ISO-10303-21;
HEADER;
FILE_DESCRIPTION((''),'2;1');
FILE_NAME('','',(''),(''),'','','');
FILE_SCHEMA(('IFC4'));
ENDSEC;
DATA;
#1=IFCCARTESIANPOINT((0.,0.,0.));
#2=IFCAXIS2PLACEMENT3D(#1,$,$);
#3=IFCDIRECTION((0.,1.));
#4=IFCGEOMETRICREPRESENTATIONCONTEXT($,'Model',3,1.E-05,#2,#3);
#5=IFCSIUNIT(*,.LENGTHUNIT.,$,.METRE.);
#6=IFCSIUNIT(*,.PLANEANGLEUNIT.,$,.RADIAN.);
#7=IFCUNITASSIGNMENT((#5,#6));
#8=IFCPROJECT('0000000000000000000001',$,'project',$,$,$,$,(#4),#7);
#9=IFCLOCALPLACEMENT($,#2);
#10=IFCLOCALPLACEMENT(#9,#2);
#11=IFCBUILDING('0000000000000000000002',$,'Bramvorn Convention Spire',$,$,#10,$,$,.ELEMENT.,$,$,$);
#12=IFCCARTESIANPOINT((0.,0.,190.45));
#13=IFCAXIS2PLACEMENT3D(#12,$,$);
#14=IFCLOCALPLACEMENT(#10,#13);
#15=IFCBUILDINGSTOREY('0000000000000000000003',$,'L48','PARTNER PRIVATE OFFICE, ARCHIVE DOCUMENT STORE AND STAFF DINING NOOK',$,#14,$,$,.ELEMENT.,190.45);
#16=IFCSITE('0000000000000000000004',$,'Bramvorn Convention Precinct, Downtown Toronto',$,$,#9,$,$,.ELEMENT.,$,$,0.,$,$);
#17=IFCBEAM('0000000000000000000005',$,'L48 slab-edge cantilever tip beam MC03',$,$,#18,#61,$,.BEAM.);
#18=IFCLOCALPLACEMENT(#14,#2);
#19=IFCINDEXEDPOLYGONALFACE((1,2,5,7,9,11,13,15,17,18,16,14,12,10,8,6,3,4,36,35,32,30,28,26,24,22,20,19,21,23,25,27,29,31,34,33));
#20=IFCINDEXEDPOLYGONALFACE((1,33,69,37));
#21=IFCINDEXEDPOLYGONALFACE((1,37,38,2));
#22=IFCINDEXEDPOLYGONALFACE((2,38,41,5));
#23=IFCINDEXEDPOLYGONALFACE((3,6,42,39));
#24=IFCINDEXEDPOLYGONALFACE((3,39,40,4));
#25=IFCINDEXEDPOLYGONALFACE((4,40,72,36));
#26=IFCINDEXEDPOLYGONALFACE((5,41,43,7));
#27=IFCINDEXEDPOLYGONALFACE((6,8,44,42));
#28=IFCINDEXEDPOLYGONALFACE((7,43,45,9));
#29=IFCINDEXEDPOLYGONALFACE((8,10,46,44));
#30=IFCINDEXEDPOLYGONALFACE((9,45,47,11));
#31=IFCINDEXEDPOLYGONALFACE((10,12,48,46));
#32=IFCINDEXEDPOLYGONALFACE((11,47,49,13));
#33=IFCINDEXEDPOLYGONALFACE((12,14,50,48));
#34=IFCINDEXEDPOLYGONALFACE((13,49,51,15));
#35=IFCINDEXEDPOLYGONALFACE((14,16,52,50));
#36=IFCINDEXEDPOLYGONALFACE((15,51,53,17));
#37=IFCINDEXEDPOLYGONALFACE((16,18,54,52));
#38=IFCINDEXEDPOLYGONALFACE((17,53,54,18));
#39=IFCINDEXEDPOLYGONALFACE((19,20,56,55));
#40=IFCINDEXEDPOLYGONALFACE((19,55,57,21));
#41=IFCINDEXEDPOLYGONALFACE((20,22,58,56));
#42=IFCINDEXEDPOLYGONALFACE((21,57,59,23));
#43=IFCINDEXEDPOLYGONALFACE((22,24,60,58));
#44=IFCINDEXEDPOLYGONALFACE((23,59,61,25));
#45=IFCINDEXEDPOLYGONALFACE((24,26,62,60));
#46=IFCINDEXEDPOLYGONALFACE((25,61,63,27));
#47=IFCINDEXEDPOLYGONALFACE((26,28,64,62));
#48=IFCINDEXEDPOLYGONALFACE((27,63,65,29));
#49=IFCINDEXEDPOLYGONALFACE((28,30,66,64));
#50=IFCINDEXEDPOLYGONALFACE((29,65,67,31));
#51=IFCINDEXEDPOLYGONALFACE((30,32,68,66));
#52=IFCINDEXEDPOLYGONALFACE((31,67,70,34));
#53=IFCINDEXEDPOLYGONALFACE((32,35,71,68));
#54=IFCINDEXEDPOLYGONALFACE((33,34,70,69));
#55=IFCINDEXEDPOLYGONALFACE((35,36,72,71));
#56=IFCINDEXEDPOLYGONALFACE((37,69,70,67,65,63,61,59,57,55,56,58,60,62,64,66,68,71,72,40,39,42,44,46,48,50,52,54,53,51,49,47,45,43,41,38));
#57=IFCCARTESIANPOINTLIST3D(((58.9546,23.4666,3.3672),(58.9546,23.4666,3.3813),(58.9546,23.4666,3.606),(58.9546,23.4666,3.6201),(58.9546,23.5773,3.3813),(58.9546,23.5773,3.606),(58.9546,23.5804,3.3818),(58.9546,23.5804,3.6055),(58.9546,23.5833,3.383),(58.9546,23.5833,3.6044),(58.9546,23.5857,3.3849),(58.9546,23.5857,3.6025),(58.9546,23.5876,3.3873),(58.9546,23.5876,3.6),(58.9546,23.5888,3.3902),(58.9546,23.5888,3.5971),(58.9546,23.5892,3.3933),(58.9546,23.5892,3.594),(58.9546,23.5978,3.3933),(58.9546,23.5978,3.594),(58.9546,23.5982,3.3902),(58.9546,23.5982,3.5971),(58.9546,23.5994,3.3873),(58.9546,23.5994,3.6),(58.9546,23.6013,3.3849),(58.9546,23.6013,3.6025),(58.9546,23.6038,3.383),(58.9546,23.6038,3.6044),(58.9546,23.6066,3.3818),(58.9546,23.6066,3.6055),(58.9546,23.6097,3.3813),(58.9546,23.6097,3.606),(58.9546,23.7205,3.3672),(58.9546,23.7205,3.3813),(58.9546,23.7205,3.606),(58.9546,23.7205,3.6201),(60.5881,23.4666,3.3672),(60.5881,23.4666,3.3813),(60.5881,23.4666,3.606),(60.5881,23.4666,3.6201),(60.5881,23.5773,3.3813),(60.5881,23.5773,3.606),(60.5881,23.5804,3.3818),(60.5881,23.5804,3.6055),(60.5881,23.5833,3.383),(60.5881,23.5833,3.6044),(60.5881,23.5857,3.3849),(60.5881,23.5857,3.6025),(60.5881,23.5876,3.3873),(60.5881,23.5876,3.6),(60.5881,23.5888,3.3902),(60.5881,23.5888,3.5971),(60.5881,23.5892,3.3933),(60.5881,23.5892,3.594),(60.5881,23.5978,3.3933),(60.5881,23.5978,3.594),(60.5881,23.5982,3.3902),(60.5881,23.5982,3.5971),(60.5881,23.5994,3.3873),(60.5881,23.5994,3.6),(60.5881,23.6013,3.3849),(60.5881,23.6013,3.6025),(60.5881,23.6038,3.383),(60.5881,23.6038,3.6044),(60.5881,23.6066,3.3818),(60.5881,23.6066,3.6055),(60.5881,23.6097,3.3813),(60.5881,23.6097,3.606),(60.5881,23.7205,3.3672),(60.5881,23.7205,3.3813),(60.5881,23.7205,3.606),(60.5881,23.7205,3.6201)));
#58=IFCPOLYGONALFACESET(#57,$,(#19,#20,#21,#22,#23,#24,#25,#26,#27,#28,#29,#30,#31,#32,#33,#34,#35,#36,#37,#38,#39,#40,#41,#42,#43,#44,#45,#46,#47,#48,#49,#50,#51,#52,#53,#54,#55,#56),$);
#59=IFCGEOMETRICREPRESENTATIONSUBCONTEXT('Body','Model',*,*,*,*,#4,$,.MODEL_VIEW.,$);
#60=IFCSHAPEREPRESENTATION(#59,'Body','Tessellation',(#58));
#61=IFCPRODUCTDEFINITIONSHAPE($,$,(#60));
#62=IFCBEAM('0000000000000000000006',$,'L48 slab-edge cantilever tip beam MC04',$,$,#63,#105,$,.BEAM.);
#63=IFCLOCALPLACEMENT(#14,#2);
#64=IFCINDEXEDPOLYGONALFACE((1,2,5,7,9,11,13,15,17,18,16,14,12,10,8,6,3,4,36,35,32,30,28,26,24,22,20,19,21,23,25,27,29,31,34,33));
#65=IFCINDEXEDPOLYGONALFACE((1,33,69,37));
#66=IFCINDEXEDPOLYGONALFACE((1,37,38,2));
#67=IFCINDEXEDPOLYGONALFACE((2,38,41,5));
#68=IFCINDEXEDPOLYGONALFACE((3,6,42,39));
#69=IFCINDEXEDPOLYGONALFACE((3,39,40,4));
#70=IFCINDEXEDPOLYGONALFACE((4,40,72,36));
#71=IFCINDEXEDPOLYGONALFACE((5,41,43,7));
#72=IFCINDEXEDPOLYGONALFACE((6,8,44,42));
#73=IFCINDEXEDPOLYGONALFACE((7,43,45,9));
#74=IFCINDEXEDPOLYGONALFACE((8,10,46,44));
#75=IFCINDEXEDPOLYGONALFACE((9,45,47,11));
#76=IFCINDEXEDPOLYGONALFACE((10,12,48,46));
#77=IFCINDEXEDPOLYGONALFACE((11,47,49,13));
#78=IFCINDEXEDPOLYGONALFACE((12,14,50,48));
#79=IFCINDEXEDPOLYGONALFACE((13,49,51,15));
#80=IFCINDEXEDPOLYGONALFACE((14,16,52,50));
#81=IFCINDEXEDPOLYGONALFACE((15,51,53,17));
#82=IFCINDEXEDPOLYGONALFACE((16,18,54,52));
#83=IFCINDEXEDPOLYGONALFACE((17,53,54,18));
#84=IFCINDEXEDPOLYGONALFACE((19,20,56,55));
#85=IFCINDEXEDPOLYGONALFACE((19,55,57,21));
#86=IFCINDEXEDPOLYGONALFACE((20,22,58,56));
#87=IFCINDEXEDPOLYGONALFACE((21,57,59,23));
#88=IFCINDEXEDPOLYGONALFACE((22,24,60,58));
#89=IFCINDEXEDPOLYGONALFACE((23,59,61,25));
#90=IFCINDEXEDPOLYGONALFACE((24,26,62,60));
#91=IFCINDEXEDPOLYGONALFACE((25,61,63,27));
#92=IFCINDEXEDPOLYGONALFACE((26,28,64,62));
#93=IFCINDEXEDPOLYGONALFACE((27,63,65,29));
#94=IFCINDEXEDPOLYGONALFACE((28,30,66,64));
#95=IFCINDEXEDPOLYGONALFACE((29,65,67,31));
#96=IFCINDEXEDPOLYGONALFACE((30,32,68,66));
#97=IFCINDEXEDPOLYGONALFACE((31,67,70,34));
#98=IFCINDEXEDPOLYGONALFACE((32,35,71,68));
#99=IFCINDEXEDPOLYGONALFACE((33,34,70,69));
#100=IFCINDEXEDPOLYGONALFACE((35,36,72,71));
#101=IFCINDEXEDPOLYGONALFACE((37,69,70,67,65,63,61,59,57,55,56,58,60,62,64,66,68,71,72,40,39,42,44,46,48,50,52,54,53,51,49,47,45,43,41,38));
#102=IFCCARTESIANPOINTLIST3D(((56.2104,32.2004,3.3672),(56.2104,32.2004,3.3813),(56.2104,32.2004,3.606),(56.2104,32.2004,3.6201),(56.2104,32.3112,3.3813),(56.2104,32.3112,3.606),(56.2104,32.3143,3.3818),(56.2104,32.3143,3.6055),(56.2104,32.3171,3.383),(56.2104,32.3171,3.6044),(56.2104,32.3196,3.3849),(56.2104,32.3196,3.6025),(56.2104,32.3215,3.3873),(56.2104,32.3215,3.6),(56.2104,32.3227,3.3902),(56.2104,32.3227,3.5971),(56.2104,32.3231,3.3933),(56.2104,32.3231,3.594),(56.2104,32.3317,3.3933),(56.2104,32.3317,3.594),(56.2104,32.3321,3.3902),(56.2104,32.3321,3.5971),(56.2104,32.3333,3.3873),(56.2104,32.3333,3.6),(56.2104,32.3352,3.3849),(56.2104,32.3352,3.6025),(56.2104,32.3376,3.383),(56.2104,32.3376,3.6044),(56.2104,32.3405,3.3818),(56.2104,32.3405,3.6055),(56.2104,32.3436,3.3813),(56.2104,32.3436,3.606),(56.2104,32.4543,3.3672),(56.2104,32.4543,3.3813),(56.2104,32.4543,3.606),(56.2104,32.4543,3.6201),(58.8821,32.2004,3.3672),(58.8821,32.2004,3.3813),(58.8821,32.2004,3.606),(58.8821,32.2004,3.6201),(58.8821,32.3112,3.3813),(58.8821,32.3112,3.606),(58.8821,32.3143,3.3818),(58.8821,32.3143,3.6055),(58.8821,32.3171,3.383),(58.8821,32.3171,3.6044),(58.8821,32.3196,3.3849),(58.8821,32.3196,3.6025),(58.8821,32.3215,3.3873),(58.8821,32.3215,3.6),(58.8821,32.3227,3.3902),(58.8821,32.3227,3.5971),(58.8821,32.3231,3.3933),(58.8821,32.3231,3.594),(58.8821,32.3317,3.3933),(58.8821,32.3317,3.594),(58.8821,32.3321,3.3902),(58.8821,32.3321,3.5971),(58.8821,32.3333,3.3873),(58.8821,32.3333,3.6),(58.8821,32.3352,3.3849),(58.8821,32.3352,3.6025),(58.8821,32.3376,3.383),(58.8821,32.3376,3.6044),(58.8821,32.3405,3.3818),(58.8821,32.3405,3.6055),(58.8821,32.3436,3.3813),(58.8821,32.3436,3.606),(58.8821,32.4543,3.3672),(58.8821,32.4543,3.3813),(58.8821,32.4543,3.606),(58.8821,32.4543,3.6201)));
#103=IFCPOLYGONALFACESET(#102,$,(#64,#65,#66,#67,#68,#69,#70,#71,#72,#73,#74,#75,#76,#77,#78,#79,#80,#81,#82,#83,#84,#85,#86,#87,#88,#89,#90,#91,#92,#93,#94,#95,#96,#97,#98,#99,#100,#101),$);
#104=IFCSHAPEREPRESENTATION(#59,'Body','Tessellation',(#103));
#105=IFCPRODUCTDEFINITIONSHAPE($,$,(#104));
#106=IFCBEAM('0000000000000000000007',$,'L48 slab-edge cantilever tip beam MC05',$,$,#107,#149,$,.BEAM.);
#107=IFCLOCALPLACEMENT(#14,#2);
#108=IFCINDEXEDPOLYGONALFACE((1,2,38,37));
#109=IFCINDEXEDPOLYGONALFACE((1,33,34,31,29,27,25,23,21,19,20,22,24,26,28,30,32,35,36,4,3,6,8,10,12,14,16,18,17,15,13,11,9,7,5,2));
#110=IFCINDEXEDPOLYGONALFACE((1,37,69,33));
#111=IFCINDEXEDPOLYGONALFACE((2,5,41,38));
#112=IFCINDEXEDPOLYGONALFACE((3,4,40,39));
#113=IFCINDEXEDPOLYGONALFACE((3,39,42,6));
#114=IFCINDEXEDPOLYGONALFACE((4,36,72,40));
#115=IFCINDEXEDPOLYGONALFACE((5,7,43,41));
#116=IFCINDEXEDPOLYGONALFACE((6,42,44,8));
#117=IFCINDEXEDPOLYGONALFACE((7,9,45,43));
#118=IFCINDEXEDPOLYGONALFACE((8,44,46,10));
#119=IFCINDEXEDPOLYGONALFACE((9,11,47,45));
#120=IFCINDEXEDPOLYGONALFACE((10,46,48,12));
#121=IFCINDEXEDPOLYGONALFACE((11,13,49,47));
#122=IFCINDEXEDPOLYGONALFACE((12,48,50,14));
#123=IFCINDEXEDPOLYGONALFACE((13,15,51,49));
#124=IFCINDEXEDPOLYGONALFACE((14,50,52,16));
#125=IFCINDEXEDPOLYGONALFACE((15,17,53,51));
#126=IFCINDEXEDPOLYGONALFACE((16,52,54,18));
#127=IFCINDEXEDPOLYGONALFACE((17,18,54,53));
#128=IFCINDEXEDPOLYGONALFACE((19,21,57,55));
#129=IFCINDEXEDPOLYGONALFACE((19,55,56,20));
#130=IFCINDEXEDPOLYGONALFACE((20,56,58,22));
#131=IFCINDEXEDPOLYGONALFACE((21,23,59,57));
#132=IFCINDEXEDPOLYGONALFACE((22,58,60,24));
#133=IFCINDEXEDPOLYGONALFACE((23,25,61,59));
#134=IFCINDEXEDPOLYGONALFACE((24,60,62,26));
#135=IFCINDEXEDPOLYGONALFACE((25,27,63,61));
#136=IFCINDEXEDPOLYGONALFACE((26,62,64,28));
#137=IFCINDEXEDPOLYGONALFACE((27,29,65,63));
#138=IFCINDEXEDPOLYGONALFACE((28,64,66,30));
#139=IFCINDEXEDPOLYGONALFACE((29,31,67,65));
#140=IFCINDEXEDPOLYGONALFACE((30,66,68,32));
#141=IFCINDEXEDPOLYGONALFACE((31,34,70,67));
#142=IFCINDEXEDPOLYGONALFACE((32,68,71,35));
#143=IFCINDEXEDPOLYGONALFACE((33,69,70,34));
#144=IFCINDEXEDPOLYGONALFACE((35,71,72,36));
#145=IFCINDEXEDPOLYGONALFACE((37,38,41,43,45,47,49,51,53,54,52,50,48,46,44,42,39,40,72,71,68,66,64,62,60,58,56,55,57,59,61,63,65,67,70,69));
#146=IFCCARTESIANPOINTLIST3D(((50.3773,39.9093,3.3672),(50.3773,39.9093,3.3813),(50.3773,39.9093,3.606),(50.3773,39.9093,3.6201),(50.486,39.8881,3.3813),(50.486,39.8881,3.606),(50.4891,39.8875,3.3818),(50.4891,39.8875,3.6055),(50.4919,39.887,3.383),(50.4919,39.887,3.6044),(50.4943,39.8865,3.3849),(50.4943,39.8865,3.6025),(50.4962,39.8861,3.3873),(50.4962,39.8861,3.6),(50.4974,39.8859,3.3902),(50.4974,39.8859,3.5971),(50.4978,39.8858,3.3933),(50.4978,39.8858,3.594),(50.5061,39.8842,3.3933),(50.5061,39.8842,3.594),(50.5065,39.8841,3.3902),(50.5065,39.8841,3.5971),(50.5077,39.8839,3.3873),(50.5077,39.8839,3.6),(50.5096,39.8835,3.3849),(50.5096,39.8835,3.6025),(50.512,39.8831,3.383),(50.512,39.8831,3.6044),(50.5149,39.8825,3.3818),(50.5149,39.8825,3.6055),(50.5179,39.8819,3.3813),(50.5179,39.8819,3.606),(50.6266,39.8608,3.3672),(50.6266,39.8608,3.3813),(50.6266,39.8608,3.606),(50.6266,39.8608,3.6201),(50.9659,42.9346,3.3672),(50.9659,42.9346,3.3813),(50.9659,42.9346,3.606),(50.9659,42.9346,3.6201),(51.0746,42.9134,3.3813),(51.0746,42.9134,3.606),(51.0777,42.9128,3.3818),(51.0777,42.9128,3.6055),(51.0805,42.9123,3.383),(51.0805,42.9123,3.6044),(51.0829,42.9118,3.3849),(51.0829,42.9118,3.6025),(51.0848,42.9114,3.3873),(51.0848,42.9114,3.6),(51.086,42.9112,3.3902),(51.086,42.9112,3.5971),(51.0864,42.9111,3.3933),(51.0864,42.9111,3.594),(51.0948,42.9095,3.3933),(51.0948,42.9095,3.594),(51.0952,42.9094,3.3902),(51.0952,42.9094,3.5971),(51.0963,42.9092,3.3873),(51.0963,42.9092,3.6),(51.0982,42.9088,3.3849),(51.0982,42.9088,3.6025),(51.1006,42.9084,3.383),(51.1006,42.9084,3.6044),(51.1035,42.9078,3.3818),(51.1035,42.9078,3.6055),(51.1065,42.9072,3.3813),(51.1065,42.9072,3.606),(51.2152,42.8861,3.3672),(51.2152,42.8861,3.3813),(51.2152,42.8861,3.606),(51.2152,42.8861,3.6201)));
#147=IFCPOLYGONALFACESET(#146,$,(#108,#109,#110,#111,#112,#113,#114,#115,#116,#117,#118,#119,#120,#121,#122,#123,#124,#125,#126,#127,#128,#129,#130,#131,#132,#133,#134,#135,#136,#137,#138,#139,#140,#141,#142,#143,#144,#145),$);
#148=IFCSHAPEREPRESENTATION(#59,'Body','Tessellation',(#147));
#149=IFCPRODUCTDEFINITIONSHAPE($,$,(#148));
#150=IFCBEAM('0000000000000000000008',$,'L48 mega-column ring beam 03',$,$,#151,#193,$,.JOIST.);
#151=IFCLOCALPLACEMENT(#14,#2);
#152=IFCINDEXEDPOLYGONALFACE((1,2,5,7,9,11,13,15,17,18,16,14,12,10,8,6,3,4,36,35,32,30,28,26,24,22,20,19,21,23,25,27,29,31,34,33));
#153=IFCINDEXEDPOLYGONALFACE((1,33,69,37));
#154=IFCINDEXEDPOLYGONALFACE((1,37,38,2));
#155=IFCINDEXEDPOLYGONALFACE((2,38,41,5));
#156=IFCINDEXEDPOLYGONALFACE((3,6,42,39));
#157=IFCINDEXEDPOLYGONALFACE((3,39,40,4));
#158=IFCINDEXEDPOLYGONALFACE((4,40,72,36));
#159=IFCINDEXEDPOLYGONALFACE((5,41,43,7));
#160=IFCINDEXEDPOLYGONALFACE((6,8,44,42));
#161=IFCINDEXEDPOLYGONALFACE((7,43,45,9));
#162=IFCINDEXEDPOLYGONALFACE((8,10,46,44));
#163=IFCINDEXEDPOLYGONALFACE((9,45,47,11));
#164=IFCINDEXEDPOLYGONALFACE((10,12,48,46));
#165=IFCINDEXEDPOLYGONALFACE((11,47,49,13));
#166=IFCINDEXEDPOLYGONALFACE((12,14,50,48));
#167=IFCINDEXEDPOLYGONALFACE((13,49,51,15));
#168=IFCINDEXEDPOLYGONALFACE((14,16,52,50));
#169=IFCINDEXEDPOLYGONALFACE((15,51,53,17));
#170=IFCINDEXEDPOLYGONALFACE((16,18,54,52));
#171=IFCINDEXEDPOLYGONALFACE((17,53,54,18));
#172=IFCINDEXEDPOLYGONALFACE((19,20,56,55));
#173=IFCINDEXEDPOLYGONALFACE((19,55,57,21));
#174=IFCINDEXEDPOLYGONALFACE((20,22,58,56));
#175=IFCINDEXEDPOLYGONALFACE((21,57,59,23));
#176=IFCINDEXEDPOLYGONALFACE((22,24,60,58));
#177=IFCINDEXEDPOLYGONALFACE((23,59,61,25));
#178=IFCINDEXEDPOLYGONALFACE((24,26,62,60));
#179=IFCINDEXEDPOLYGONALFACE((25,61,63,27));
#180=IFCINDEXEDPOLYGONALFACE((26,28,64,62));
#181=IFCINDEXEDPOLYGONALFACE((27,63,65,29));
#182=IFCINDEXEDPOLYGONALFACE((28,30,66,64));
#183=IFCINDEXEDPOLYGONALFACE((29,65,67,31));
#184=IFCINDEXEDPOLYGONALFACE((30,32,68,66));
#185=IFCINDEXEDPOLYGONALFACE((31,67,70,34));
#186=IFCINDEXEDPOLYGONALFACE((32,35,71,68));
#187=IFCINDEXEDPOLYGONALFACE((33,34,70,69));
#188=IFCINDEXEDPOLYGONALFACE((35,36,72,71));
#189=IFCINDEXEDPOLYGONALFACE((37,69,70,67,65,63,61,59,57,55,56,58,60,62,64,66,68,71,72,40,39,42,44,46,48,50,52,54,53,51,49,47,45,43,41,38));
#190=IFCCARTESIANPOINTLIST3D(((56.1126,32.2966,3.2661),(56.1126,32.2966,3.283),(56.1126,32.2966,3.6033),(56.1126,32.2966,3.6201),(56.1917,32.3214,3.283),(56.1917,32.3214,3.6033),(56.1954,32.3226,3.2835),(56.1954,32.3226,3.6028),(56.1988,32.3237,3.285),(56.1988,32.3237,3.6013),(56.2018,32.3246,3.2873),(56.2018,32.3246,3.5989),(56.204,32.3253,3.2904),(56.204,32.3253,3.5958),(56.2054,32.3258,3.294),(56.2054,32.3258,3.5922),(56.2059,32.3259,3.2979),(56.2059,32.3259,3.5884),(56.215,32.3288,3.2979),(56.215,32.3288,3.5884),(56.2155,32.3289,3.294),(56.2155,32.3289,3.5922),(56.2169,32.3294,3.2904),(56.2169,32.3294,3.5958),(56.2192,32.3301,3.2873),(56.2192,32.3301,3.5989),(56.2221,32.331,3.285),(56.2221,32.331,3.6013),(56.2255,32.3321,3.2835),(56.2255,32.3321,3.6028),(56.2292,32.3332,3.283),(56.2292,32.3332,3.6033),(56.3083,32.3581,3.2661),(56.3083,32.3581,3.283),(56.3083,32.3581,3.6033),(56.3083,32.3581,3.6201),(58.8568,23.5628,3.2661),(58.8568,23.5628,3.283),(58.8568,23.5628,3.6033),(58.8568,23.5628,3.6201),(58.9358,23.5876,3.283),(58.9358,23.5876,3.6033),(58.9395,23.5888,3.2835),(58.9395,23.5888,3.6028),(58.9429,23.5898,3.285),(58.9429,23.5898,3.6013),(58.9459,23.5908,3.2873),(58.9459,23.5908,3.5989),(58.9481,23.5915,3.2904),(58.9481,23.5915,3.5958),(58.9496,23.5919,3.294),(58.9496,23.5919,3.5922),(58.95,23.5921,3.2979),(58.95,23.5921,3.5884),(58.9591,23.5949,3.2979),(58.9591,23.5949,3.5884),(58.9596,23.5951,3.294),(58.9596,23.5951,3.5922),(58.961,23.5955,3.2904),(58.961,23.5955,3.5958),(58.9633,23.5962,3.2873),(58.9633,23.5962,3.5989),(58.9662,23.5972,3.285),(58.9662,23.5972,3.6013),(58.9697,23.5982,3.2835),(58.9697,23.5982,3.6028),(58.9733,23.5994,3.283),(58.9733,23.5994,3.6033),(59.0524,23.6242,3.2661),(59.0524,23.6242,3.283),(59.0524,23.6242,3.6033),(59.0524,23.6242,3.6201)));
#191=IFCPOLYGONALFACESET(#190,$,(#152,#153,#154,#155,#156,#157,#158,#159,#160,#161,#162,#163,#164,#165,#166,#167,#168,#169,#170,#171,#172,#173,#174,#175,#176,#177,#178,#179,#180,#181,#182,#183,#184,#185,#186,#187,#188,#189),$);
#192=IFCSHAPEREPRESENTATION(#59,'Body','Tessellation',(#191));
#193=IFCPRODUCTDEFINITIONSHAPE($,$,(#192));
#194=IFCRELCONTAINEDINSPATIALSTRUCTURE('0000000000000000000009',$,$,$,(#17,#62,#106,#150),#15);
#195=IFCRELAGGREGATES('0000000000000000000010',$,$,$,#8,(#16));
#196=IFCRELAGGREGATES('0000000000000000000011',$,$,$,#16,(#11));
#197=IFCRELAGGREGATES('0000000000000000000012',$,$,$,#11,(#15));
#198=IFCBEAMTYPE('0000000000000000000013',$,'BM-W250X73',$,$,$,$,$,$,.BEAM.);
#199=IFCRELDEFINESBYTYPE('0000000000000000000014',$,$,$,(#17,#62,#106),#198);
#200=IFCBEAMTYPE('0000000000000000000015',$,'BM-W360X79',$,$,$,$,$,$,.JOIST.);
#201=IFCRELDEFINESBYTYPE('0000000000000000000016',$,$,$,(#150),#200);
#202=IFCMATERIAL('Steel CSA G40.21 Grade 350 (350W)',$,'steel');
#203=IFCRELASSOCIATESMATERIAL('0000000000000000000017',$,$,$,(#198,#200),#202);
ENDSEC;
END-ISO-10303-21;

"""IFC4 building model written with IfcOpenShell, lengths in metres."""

from ifc_helpers import new_model, si_unit, direction, frame, origin, origin_2d, place, context, subcontext, project, spatial, i_section, extrude, material, material_profile, profile_set, type_object, element, save


model = new_model("IFC4")

# Units and contexts
model_context = context("Model", 3, precision=1e-05, world=origin(), true_north=direction((0.0, 1.0)))
body_context = subcontext(model_context, "Body", "Model", "MODEL_VIEW")
ifc_project = project(units=[si_unit("LENGTHUNIT", "METRE"), si_unit("PLANEANGLEUNIT", "RADIAN")], contexts=[model_context])

# Site, building, storey
site_placement = place(None, origin())
site = spatial("IfcSite", under=ifc_project, at=site_placement, Name="Bramvorn Convention Precinct, Downtown Toronto", CompositionType="ELEMENT", RefElevation=0.0)
building_placement = place(site_placement, origin())
building = spatial("IfcBuilding", under=site, at=building_placement, Name="Bramvorn Convention Spire", CompositionType="ELEMENT")
storey_placement = place(building_placement, frame((0.0, 0.0, 190.45)))
storey = spatial("IfcBuildingStorey", under=building, at=storey_placement, Name="L48", Description="PARTNER PRIVATE OFFICE, ARCHIVE DOCUMENT STORE AND STAFF DINING NOOK", CompositionType="ELEMENT", Elevation=190.45)

# Shared definitions
ifc_material_1 = material(Name="Steel CSA G40.21 Grade 350 (350W)", Category="steel")

# Beams
ifc_material_profile_1 = material_profile(ifc_material_1, i_section(OverallWidth=0.2539, OverallDepth=0.2529, WebThickness=0.0085, FlangeThickness=0.0142, FilletRadius=0.012, at=origin_2d()))
ifc_profile_set_1 = profile_set([ifc_material_profile_1], Name="Steel CSA G40.21 Grade 350 (350W) - W250X73")
beam_type_1 = type_object("IfcBeamType", Name="BM-W250X73", PredefinedType="BEAM", material=ifc_profile_set_1)
beam_1_placement = place(storey_placement, frame((58.9546, 23.5935, 3.4937), z_axis=(1.0, 0.0, 0.0), x_axis=(0.0, 1.0, 0.0)))
element("IfcBeam", 1, at=beam_1_placement, inside=storey, type_object=beam_type_1, Name="L48 slab-edge cantilever tip beam MC03", PredefinedType="BEAM", context=body_context, shape_type="SweptSolid", body=[
    extrude(i_section(OverallWidth=0.2539, OverallDepth=0.2529, WebThickness=0.0085, FlangeThickness=0.0142, FilletRadius=0.012, at=origin_2d()), origin(), (0.0, 0.0, 1.0), 1.6335),
])
beam_2_placement = place(storey_placement, frame((56.2104, 32.3274, 3.4937), z_axis=(1.0, 0.0, 0.0), x_axis=(0.0, 1.0, 0.0)))
element("IfcBeam", 2, at=beam_2_placement, inside=storey, type_object=beam_type_1, Name="L48 slab-edge cantilever tip beam MC04", PredefinedType="BEAM", context=body_context, shape_type="SweptSolid", body=[
    extrude(i_section(OverallWidth=0.2539, OverallDepth=0.2529, WebThickness=0.0085, FlangeThickness=0.0142, FilletRadius=0.012, at=origin_2d()), origin(), (0.0, 0.0, 1.0), 2.6716),
])
beam_3_placement = place(storey_placement, frame((50.502, 39.885, 3.4937), z_axis=(0.19098, 0.981594, 0.0), x_axis=(-0.981594, 0.19098, 0.0)))
element("IfcBeam", 3, at=beam_3_placement, inside=storey, type_object=beam_type_1, Name="L48 slab-edge cantilever tip beam MC05", PredefinedType="BEAM", context=body_context, shape_type="SweptSolid", body=[
    extrude(i_section(OverallWidth=0.2539, OverallDepth=0.2529, WebThickness=0.0085, FlangeThickness=0.0142, FilletRadius=0.012, at=origin_2d()), origin(), (0.0, 0.0, 1.0), 3.082),
])
ifc_material_profile_2 = material_profile(ifc_material_1, i_section(OverallWidth=0.2051, OverallDepth=0.354, WebThickness=0.0095, FlangeThickness=0.0168, FilletRadius=0.0149, at=origin_2d()))
ifc_profile_set_2 = profile_set([ifc_material_profile_2], Name="Steel CSA G40.21 Grade 350 (350W) - W360X79")
beam_type_2 = type_object("IfcBeamType", Name="BM-W360X79", PredefinedType="JOIST", material=ifc_profile_set_2)
beam_4_placement = place(storey_placement, frame((58.9546, 23.5935, 3.4431), z_axis=(-0.299748, 0.954019, 0.0), x_axis=(-0.954019, -0.299748, 0.0)))
element("IfcBeam", 4, at=beam_4_placement, inside=storey, type_object=beam_type_2, Name="L48 mega-column ring beam 03", PredefinedType="JOIST", context=body_context, shape_type="SweptSolid", body=[
    extrude(i_section(OverallWidth=0.2051, OverallDepth=0.354, WebThickness=0.0095, FlangeThickness=0.0168, FilletRadius=0.0149, at=origin_2d()), origin(), (0.0, 0.0, 1.0), 9.1548),
])

save(model, "model.ifc")
